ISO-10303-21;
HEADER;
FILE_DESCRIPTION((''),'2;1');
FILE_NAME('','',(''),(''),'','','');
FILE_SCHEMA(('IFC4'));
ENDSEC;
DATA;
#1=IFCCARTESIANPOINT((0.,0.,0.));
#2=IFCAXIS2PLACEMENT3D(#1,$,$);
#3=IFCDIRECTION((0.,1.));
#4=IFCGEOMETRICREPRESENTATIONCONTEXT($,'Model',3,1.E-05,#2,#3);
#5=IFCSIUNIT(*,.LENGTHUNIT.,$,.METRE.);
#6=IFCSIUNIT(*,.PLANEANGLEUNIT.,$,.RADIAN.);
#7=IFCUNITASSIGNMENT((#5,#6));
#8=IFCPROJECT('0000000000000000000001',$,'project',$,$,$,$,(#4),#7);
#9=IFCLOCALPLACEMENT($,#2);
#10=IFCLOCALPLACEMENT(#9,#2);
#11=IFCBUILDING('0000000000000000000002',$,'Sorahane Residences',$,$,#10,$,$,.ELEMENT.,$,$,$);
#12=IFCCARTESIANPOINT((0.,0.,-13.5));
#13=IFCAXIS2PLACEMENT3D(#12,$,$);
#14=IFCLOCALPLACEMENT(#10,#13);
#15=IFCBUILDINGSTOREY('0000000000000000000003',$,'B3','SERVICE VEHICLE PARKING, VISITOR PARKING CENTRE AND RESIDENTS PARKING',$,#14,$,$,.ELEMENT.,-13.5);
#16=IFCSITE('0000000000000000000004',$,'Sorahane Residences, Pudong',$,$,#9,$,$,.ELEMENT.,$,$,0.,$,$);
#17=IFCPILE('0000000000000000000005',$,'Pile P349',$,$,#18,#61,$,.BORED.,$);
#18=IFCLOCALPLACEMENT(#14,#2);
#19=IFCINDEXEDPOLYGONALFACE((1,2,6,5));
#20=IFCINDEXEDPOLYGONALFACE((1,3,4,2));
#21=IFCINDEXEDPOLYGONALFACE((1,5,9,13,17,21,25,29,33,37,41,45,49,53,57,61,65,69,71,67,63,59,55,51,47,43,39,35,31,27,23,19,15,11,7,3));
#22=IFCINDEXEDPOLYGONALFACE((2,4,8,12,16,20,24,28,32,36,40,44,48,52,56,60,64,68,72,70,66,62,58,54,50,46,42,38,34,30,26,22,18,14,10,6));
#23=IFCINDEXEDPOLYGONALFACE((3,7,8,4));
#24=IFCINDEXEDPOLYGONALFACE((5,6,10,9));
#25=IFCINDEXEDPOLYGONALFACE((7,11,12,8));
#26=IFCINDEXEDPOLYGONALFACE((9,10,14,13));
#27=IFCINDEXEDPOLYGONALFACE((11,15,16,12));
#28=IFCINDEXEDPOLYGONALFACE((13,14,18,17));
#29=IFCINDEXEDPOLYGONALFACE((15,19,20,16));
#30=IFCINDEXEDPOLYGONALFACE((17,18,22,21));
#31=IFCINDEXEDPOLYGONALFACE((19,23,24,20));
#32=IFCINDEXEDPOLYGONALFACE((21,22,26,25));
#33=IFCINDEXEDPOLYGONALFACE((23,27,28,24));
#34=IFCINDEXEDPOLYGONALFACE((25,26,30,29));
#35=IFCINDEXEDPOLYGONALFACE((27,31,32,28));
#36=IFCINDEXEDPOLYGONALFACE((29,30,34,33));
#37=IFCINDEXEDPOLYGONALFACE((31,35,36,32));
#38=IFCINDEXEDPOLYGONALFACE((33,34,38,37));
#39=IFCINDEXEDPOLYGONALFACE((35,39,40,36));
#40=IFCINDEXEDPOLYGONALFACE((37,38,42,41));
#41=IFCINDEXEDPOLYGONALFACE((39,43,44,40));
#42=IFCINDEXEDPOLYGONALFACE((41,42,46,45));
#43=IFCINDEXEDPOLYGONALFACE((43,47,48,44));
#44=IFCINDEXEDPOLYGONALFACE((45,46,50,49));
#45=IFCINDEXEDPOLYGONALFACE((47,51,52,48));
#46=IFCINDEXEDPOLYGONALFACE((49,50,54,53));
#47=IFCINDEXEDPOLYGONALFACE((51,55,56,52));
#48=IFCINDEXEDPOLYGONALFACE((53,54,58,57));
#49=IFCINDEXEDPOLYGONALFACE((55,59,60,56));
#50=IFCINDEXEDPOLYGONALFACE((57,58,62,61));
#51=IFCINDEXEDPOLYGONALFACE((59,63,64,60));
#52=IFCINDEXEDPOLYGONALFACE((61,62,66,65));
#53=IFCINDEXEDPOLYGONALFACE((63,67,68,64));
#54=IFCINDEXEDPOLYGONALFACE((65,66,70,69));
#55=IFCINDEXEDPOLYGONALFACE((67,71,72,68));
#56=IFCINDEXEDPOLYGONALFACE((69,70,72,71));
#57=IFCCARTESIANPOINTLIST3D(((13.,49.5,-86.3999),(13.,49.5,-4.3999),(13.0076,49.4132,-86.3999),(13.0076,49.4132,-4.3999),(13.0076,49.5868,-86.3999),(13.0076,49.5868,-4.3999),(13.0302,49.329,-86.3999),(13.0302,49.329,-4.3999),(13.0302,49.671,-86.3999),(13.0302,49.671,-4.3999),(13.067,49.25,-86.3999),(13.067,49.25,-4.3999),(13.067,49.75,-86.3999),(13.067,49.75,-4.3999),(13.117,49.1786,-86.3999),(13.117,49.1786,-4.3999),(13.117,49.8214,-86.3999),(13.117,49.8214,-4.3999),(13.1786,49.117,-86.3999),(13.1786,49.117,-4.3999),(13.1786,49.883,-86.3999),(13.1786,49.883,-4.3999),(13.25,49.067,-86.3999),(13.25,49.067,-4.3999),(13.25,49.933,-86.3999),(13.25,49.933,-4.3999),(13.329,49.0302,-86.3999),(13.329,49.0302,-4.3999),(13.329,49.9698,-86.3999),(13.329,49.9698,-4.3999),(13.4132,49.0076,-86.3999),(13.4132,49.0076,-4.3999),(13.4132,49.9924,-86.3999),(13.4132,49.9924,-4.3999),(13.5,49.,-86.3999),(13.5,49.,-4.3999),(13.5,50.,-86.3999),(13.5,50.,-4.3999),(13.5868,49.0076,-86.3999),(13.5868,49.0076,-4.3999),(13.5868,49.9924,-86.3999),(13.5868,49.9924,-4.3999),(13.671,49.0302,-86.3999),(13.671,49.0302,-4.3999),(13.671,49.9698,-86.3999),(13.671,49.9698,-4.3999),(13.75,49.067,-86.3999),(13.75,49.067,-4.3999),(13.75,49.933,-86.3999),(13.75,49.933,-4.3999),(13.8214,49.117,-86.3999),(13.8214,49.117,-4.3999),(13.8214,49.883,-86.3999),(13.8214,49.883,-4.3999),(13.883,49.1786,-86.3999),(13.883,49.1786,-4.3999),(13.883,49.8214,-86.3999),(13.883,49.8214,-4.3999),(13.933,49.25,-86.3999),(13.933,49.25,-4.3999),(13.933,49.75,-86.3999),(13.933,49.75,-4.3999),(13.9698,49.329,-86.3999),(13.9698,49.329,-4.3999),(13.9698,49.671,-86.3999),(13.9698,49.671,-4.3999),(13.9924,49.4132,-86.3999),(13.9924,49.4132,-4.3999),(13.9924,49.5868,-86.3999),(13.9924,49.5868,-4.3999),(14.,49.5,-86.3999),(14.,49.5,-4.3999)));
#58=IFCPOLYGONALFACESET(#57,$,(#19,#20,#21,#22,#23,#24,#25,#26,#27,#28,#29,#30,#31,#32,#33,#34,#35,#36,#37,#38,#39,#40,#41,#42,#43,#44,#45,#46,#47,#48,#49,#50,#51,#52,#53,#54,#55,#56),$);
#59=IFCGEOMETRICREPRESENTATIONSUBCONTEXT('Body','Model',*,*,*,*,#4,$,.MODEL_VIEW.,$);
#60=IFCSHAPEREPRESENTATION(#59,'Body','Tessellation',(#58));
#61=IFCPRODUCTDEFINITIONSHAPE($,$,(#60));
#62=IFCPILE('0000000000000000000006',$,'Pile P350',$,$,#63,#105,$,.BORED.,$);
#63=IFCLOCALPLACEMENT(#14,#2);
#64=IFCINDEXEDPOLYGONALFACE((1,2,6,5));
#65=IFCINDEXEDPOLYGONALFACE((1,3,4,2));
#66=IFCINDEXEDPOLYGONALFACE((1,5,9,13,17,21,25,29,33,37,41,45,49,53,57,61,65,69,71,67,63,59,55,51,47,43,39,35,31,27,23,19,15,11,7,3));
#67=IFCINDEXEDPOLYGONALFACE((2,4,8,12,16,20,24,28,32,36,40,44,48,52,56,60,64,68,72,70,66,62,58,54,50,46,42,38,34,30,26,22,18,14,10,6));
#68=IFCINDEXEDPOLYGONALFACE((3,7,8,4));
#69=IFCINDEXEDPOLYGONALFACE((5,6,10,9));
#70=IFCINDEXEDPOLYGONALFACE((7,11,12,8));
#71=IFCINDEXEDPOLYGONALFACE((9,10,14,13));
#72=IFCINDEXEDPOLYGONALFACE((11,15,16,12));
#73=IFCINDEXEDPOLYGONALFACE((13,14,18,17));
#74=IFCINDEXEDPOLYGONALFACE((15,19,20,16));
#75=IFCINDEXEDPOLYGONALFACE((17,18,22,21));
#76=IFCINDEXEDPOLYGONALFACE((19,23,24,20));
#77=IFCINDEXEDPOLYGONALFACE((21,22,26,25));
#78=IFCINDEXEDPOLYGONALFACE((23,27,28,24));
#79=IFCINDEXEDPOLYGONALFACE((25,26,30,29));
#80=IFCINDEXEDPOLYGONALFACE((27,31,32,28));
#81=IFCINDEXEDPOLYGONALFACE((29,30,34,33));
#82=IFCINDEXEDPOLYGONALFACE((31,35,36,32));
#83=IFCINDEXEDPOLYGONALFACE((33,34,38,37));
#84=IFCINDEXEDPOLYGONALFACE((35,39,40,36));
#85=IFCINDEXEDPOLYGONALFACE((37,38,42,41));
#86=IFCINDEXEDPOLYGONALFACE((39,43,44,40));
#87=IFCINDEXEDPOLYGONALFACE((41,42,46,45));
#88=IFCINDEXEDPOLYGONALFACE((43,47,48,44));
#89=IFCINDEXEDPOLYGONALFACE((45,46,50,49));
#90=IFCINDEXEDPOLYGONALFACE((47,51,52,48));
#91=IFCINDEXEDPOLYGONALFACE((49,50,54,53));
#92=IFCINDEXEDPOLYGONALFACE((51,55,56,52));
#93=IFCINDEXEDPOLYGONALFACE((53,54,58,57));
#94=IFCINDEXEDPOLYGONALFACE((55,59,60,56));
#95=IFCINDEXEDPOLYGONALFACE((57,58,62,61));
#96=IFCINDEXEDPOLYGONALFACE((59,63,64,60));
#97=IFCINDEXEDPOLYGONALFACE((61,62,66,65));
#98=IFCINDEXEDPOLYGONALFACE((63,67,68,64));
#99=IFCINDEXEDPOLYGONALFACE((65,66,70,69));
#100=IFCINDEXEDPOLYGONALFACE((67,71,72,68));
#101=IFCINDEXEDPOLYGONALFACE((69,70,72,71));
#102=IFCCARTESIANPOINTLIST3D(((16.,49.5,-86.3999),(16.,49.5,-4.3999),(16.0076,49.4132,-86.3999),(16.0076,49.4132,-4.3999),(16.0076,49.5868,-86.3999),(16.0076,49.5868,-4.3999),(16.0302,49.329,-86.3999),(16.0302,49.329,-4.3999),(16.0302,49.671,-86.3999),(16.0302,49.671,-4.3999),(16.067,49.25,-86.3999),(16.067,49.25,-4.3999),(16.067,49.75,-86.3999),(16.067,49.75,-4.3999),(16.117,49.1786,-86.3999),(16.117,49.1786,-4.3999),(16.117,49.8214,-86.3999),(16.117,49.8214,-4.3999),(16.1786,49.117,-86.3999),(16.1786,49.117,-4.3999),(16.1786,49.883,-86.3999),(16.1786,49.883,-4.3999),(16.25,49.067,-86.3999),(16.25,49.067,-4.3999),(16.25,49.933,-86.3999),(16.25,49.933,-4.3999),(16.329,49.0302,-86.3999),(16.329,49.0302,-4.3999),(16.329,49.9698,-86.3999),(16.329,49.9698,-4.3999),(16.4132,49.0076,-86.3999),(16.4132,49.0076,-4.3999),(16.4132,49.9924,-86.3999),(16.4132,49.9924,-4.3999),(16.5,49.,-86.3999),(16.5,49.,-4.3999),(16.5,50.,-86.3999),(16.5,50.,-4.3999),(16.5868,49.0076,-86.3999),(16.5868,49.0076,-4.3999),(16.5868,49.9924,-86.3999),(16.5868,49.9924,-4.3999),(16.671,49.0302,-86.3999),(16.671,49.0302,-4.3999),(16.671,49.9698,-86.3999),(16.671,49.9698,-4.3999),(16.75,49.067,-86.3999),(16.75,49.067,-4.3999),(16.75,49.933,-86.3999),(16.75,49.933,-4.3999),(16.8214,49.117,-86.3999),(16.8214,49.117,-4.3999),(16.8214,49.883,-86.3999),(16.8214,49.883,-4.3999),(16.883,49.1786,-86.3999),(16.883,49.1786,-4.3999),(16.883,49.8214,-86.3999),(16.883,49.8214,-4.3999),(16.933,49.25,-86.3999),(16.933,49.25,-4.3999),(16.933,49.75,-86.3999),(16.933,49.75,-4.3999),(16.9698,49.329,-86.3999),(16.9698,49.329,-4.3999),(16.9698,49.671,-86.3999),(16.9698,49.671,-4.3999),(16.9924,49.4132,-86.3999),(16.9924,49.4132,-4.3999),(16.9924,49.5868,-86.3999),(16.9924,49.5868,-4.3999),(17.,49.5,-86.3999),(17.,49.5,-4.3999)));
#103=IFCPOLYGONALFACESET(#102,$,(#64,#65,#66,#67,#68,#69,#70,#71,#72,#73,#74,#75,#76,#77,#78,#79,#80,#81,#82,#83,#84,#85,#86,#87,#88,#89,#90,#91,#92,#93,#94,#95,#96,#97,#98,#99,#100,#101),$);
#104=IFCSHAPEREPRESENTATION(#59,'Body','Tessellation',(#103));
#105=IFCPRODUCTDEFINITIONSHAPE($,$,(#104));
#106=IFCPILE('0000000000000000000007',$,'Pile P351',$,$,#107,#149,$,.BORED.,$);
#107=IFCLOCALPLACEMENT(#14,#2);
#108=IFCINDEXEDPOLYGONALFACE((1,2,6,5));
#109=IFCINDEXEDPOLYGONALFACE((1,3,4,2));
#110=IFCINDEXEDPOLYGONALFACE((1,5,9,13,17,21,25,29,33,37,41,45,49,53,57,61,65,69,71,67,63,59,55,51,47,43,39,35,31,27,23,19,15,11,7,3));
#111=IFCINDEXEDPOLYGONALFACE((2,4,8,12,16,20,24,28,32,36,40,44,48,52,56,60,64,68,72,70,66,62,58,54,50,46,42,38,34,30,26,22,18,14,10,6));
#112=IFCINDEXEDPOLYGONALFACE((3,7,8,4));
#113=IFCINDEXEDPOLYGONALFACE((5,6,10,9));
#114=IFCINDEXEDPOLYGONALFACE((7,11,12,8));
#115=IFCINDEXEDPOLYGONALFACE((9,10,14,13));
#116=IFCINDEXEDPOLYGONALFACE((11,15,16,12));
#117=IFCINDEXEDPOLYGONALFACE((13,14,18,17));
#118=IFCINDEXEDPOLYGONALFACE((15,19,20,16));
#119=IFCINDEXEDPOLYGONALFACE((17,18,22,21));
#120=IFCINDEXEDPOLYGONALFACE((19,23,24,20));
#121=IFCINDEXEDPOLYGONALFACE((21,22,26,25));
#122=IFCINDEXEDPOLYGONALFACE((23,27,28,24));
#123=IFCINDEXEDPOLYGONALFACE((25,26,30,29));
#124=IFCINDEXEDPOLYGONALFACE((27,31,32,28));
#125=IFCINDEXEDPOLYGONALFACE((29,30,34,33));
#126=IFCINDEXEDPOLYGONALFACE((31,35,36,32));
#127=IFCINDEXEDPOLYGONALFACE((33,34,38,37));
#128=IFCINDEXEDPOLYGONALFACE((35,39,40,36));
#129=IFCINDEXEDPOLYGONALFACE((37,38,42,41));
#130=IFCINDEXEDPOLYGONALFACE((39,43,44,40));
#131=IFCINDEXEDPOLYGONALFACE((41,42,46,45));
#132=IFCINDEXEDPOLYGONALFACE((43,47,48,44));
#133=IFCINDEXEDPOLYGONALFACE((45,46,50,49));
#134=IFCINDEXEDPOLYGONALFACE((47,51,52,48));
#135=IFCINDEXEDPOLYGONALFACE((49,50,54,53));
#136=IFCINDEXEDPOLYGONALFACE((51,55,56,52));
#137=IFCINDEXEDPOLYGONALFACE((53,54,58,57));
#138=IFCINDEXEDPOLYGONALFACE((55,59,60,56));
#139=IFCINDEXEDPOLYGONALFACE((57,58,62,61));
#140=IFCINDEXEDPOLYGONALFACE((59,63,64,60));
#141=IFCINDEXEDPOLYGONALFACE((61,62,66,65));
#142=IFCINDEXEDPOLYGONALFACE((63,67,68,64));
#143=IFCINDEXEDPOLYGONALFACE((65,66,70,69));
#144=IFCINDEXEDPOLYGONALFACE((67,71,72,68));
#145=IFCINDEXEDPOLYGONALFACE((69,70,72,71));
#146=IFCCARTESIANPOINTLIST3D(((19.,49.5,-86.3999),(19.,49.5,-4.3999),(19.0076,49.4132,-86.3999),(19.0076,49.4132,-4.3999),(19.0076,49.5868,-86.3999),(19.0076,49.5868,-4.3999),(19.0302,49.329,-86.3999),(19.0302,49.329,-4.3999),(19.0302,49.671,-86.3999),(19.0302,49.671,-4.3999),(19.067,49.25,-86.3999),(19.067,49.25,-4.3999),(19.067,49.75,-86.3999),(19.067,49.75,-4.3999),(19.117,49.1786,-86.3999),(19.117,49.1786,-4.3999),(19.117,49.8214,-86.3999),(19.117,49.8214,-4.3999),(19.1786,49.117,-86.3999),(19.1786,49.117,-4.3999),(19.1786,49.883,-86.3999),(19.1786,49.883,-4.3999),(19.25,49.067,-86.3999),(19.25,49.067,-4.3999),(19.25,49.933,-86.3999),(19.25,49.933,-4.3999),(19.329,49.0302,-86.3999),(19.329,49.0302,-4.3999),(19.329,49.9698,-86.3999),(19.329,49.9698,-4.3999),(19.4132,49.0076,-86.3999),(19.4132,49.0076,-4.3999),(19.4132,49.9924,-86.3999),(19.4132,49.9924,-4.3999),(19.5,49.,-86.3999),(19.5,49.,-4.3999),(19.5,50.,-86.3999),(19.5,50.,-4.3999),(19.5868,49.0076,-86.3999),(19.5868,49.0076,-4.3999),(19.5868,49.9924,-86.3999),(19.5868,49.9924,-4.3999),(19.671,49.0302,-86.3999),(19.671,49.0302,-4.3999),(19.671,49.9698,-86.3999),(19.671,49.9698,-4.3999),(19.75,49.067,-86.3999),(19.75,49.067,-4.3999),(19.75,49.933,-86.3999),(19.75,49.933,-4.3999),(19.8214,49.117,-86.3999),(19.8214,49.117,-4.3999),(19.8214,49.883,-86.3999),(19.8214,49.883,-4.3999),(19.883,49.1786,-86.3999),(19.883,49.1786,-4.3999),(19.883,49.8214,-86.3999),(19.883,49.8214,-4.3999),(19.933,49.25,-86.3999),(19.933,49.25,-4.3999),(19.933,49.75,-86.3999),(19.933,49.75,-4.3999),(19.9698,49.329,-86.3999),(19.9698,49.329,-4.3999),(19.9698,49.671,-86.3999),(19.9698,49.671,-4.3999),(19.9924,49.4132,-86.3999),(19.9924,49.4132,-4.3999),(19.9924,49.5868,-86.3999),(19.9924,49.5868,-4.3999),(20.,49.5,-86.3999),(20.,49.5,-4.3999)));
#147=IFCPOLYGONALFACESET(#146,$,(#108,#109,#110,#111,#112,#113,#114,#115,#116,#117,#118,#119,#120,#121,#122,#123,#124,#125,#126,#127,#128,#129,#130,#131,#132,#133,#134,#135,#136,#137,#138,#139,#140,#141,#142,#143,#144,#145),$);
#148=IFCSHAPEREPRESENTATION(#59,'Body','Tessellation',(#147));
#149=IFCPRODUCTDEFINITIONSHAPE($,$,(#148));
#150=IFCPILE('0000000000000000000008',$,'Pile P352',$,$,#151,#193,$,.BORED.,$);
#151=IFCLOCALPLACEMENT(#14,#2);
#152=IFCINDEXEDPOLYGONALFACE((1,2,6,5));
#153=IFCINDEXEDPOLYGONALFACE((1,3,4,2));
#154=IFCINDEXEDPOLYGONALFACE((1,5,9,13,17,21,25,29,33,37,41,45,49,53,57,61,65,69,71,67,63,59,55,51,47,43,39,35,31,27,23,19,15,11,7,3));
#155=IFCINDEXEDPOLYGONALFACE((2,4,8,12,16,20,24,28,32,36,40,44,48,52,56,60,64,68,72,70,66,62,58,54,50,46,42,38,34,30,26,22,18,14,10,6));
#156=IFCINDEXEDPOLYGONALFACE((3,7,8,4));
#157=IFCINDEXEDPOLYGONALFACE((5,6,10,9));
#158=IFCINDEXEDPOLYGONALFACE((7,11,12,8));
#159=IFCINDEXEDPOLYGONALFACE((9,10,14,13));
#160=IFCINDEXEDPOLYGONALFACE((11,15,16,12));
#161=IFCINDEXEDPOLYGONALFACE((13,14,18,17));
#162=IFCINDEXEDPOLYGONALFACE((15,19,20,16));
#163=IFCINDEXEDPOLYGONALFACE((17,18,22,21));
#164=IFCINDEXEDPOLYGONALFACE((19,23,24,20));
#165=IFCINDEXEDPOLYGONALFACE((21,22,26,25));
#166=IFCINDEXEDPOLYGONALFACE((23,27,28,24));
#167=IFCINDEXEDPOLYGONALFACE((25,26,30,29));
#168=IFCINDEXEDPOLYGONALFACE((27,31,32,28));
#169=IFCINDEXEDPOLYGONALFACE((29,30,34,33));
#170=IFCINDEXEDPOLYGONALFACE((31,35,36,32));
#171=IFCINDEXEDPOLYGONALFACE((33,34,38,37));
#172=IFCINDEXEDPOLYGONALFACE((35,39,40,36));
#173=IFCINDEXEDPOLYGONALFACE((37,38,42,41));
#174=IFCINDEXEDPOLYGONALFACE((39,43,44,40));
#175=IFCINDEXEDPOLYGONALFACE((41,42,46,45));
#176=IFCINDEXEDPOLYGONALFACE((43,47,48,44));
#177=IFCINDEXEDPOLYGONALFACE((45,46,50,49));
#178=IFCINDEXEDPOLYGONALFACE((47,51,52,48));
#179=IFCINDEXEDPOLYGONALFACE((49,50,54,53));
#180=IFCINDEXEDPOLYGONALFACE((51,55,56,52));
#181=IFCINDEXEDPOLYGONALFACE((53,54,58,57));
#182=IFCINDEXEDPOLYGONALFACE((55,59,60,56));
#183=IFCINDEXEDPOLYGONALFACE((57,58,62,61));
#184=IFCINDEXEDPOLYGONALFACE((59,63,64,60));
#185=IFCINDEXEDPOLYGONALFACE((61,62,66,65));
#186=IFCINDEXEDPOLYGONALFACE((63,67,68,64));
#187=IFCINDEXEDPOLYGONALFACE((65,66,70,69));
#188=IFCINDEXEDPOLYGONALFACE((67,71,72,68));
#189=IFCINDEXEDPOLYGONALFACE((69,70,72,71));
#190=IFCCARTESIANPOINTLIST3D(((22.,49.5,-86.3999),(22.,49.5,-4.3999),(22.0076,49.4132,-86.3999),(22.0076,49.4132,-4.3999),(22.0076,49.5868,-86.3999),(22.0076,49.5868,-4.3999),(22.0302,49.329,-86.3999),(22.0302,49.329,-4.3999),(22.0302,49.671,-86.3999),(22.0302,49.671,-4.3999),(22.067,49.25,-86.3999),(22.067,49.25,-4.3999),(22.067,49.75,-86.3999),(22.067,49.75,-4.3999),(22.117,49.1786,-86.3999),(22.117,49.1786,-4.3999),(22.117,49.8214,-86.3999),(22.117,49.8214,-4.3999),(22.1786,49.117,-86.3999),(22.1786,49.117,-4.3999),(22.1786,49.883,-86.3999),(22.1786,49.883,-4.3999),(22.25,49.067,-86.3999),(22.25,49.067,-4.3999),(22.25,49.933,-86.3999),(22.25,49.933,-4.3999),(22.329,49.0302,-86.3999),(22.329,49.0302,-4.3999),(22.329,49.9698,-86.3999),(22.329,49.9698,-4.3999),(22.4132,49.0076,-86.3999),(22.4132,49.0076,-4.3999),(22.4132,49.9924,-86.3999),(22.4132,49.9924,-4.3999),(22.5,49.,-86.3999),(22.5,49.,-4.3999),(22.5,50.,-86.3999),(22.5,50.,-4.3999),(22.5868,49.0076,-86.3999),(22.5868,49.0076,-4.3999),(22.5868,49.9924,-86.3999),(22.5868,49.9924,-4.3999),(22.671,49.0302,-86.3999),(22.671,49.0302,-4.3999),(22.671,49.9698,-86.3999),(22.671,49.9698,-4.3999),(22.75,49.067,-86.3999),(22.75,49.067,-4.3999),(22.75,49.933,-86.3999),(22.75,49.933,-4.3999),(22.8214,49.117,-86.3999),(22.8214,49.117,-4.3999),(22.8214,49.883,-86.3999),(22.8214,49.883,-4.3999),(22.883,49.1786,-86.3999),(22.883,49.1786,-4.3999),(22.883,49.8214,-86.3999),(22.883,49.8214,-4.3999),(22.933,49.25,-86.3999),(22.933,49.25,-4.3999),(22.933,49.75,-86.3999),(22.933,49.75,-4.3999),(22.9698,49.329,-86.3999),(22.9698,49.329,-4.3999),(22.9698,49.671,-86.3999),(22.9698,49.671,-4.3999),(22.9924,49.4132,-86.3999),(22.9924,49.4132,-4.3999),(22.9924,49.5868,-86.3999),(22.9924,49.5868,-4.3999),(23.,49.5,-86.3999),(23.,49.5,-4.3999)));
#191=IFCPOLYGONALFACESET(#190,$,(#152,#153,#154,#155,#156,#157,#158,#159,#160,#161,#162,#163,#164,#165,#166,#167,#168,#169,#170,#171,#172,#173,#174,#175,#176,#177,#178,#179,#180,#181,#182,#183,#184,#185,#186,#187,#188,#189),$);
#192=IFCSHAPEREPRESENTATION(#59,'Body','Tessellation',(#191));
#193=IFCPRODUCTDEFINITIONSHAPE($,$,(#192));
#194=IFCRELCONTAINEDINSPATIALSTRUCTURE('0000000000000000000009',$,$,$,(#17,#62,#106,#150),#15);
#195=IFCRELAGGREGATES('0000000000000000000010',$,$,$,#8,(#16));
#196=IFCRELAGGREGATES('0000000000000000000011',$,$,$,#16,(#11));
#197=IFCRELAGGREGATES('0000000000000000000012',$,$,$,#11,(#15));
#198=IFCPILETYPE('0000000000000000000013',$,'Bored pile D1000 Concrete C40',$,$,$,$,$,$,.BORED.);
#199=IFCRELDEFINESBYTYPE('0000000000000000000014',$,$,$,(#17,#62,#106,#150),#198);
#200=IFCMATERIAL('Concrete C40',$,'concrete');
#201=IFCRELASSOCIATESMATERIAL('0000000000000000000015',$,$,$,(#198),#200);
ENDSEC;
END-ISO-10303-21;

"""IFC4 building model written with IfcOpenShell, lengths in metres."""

from ifc_helpers import new_model, si_unit, direction, frame, origin, origin_2d, place, context, subcontext, project, spatial, circle, extrude, material, material_profile, profile_set, type_object, element, save


model = new_model("IFC4")

# Units and contexts
model_context = context("Model", 3, precision=1e-05, world=origin(), true_north=direction((0.0, 1.0)))
body_context = subcontext(model_context, "Body", "Model", "MODEL_VIEW")
ifc_project = project(units=[si_unit("LENGTHUNIT", "METRE"), si_unit("PLANEANGLEUNIT", "RADIAN")], contexts=[model_context])

# Site, building, storey
site_placement = place(None, origin())
site = spatial("IfcSite", under=ifc_project, at=site_placement, Name="Sorahane Residences, Pudong", CompositionType="ELEMENT", RefElevation=0.0)
building_placement = place(site_placement, origin())
building = spatial("IfcBuilding", under=site, at=building_placement, Name="Sorahane Residences", CompositionType="ELEMENT")
storey_placement = place(building_placement, frame((0.0, 0.0, -13.5)))
storey = spatial("IfcBuildingStorey", under=building, at=storey_placement, Name="B3", Description="SERVICE VEHICLE PARKING, VISITOR PARKING CENTRE AND RESIDENTS PARKING", CompositionType="ELEMENT", Elevation=-13.5)

# Piles
ifc_material_1 = material(Name="Concrete C40", Category="concrete")
ifc_material_profile_1 = material_profile(ifc_material_1, circle(Radius=0.5, at=origin_2d()), Name="D1000")
ifc_profile_set_1 = profile_set([ifc_material_profile_1], Name="Concrete C40")
pile_type = type_object("IfcPileType", Name="Bored pile D1000 Concrete C40", PredefinedType="BORED", material=ifc_profile_set_1)
for number, where, z_axis, x_axis, name in (
    (1, (13.5, 49.5, -4.3999), (0.0, 0.0, -1.0), (1.0, 0.0, 0.0), "Pile P349"),
    (2, (16.5, 49.5, -4.3999), (0.0, 0.0, -1.0), (1.0, 0.0, 0.0), "Pile P350"),
    (3, (19.5, 49.5, -4.3999), (0.0, 0.0, -1.0), (1.0, 0.0, 0.0), "Pile P351"),
    (4, (22.5, 49.5, -4.3999), (0.0, 0.0, -1.0), (1.0, 0.0, 0.0), "Pile P352"),
):
    element("IfcPile", number, at=place(storey_placement, frame(where, z_axis=z_axis, x_axis=x_axis)), inside=storey, type_object=pile_type, Name=name, PredefinedType="BORED", context=body_context, shape_type="SweptSolid", body=[
        extrude(circle(Radius=0.5, at=origin_2d()), origin(), (0.0, 0.0, 1.0), 82.0),
    ])

save(model, "model.ifc")
